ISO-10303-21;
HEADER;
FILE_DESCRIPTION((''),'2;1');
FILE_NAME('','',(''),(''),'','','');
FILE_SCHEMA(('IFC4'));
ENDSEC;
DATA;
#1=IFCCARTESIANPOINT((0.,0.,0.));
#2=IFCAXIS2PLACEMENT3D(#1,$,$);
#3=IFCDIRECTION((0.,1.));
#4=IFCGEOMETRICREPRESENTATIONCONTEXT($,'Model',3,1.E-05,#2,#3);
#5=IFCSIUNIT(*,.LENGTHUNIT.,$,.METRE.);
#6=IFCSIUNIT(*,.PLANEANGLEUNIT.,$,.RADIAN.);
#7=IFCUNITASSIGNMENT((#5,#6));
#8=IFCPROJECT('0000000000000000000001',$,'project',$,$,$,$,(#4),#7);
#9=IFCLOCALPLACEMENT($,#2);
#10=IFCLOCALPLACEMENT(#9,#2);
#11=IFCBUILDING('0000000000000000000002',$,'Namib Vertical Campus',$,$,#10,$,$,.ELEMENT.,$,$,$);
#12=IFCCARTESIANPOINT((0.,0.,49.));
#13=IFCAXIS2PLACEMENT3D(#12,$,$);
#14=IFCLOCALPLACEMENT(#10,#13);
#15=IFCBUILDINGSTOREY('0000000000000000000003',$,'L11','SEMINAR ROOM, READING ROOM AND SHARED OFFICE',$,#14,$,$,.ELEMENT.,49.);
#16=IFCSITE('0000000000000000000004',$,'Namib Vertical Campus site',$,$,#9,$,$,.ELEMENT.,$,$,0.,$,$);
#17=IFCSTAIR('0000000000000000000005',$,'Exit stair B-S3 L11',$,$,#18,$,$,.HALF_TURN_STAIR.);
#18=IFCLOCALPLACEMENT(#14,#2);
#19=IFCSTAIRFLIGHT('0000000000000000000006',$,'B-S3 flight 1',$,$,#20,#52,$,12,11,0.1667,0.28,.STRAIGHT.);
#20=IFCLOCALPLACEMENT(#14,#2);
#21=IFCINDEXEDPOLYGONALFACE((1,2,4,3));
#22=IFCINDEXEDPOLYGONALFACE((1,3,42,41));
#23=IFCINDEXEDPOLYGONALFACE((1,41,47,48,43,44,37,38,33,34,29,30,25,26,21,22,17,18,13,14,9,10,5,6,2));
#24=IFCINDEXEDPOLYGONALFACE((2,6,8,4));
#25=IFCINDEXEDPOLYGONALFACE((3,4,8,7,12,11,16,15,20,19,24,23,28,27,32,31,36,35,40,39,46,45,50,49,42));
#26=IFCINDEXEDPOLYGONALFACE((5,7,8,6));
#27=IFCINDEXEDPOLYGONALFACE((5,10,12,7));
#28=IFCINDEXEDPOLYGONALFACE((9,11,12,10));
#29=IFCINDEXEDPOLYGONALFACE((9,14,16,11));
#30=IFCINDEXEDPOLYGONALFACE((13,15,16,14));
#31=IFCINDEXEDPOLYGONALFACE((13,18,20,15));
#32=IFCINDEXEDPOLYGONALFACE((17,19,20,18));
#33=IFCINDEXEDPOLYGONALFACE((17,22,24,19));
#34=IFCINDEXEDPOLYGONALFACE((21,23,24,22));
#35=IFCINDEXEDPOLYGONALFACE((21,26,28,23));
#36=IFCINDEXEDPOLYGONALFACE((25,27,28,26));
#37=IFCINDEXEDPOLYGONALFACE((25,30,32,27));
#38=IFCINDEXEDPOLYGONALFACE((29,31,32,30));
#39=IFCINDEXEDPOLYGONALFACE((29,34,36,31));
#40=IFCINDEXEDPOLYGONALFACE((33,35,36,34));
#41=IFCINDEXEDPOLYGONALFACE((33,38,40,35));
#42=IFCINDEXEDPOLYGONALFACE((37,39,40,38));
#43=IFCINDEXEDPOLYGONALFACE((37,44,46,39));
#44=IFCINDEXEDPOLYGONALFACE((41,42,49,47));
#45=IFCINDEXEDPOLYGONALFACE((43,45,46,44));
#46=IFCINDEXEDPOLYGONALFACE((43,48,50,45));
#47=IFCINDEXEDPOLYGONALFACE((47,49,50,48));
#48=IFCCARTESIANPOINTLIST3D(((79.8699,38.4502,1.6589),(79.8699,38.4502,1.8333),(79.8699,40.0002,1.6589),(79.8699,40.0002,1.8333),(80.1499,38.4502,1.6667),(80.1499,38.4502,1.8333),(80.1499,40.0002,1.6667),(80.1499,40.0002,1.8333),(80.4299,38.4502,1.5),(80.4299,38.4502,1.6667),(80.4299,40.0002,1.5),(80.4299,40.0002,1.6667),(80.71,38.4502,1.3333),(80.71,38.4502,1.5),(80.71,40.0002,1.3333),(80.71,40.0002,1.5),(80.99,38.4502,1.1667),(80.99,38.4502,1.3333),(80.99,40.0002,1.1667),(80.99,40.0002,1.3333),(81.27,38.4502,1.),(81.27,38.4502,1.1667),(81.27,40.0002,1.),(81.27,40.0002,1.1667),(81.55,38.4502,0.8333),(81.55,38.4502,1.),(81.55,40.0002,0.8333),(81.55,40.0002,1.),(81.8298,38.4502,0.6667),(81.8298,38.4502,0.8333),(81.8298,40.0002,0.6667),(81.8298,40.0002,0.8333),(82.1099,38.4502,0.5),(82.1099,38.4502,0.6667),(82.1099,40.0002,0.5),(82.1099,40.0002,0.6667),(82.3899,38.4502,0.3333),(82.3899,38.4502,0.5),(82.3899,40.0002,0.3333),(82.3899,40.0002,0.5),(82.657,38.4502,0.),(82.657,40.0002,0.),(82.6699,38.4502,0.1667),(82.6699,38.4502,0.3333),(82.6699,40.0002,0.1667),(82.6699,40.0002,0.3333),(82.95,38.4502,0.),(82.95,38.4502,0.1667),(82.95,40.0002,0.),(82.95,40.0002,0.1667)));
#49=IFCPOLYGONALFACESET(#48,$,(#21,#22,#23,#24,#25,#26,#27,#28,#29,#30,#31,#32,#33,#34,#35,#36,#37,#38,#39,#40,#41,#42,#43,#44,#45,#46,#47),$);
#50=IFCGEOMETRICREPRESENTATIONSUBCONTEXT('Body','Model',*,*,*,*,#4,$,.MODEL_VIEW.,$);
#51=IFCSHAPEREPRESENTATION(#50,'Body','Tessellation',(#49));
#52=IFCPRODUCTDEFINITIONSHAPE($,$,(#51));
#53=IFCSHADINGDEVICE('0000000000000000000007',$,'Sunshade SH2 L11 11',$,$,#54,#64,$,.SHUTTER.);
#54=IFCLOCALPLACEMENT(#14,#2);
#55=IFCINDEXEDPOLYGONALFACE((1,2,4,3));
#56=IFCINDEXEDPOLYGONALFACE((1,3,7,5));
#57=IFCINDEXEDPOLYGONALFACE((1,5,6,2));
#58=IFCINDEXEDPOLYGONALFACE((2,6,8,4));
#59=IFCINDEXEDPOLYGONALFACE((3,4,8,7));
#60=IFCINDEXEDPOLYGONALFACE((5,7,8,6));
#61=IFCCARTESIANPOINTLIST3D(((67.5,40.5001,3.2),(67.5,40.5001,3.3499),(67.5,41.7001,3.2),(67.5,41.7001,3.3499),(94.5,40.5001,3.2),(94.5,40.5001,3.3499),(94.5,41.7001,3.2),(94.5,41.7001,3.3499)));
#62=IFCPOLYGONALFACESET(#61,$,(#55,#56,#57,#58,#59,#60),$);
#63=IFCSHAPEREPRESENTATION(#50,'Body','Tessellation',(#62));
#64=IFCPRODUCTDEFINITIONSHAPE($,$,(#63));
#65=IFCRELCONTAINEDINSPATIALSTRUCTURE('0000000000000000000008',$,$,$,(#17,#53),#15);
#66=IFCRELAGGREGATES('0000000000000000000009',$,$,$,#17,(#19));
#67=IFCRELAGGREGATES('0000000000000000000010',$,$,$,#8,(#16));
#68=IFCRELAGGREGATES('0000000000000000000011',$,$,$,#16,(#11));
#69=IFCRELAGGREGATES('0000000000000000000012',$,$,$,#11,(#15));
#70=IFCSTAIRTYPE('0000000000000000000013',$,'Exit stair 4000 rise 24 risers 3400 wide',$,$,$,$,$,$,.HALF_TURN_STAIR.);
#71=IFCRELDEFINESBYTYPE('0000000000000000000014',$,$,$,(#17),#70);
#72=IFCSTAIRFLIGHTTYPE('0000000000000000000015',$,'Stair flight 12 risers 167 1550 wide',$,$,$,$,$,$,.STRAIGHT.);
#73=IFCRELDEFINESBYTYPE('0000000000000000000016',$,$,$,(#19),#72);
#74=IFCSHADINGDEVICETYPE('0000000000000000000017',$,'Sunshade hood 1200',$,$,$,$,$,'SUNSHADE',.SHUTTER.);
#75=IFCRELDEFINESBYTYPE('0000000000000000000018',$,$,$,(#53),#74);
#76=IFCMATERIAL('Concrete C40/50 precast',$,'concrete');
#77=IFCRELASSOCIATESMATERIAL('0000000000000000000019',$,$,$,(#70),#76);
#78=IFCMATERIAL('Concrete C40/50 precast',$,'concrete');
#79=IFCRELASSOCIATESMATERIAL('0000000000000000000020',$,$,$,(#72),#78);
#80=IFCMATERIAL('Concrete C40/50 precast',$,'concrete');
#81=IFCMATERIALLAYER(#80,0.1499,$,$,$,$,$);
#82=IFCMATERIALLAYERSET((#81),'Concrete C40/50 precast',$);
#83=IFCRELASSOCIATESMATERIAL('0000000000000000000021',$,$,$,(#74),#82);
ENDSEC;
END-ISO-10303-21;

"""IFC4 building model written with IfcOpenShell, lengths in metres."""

from ifc_helpers import new_model, si_unit, direction, frame, origin, origin_2d, place, context, subcontext, project, spatial, polyline, rectangle, outline, extrude, material, layer, layer_set, type_object, element, aggregate, save


model = new_model("IFC4")

# Units and contexts
model_context = context("Model", 3, precision=1e-05, world=origin(), true_north=direction((0.0, 1.0)))
body_context = subcontext(model_context, "Body", "Model", "MODEL_VIEW")
ifc_project = project(units=[si_unit("LENGTHUNIT", "METRE"), si_unit("PLANEANGLEUNIT", "RADIAN")], contexts=[model_context])

# Site, building, storey
site_placement = place(None, origin())
site = spatial("IfcSite", under=ifc_project, at=site_placement, Name="Namib Vertical Campus site", CompositionType="ELEMENT", RefElevation=0.0)
building_placement = place(site_placement, origin())
building = spatial("IfcBuilding", under=site, at=building_placement, Name="Namib Vertical Campus", CompositionType="ELEMENT")
storey_placement = place(building_placement, frame((0.0, 0.0, 49.0)))
storey = spatial("IfcBuildingStorey", under=building, at=storey_placement, Name="L11", Description="SEMINAR ROOM, READING ROOM AND SHARED OFFICE", CompositionType="ELEMENT", Elevation=49.0)

# Shared definitions
ifc_material_1 = material(Name="Concrete C40/50 precast", Category="concrete")
stair_type = type_object("IfcStairType", Name="Exit stair 4000 rise 24 risers 3400 wide", PredefinedType="HALF_TURN_STAIR", material=ifc_material_1)
ifc_material_2 = material(Name="Concrete C40/50 precast", Category="concrete")
stair_flight_type = type_object("IfcStairFlightType", Name="Stair flight 12 risers 167 1550 wide", PredefinedType="STRAIGHT", material=ifc_material_2)

# Stair, stair flight
stair_1_placement = place(storey_placement, origin())
stair_1 = element("IfcStair", 1, at=stair_1_placement, inside=storey, type_object=stair_type, Name="Exit stair B-S3 L11", PredefinedType="HALF_TURN_STAIR")
stair_flight_1_placement = place(storey_placement, frame((82.95, 39.2251, 0.0), z_axis=(0.0, 0.0, 1.0), x_axis=(-1.0, 0.0, 0.0)))
stair_flight_1 = element("IfcStairFlight", 2, at=stair_flight_1_placement, type_object=stair_flight_type, Name="B-S3 flight 1", NumberOfRisers=12, NumberOfTreads=11, PredefinedType="STRAIGHT", RiserHeight=0.1667, TreadLength=0.28, context=body_context, shape_type="SweptSolid", body=[
    extrude(outline(polyline([(0.0, 0.0), (0.0, 0.1667), (0.28, 0.1667), (0.28, 0.3333), (0.5601, 0.3333), (0.5601, 0.5), (0.8401, 0.5), (0.8401, 0.6667), (1.1201, 0.6667), (1.1201, 0.8333), (1.3999, 0.8333), (1.3999, 1.0), (1.6799, 1.0), (1.6799, 1.1667), (1.96, 1.1667), (1.96, 1.3333), (2.24, 1.3333), (2.24, 1.5), (2.52, 1.5), (2.52, 1.6667), (2.8, 1.6667), (2.8, 1.8333), (3.0801, 1.8333), (3.0801, 2.0), (3.0801, 1.6589), (0.293, 0.0), (0.0, 0.0)])), frame((0.0, 0.7749, 0.0), z_axis=(0.0, -1.0, 0.0), x_axis=(1.0, 0.0, 0.0)), (0.0, 0.0, 1.0), 1.55),
])
aggregate(stair_1, [stair_flight_1])

# Shading device
ifc_material_3 = material(Name="Concrete C40/50 precast", Category="concrete")
ifc_layer_1 = layer(ifc_material_3, 0.1499)
ifc_layer_set_1 = layer_set([ifc_layer_1], Name="Concrete C40/50 precast")
shading_device_type = type_object("IfcShadingDeviceType", Name="Sunshade hood 1200", ElementType="SUNSHADE", PredefinedType="SHUTTER", material=ifc_layer_set_1)
shading_device_placement = place(storey_placement, frame((81.0, 41.1001, 3.2), z_axis=(0.0, 0.0, 1.0), x_axis=(-1.0, 0.0, 0.0)))
element("IfcShadingDevice", 3, at=shading_device_placement, inside=storey, type_object=shading_device_type, Name="Sunshade SH2 L11 11", PredefinedType="SHUTTER", context=body_context, shape_type="SweptSolid", body=[
    extrude(rectangle(XDim=27.0, YDim=1.2, at=origin_2d()), origin(), (0.0, 0.0, 1.0), 0.1499),
])

save(model, "model.ifc")
